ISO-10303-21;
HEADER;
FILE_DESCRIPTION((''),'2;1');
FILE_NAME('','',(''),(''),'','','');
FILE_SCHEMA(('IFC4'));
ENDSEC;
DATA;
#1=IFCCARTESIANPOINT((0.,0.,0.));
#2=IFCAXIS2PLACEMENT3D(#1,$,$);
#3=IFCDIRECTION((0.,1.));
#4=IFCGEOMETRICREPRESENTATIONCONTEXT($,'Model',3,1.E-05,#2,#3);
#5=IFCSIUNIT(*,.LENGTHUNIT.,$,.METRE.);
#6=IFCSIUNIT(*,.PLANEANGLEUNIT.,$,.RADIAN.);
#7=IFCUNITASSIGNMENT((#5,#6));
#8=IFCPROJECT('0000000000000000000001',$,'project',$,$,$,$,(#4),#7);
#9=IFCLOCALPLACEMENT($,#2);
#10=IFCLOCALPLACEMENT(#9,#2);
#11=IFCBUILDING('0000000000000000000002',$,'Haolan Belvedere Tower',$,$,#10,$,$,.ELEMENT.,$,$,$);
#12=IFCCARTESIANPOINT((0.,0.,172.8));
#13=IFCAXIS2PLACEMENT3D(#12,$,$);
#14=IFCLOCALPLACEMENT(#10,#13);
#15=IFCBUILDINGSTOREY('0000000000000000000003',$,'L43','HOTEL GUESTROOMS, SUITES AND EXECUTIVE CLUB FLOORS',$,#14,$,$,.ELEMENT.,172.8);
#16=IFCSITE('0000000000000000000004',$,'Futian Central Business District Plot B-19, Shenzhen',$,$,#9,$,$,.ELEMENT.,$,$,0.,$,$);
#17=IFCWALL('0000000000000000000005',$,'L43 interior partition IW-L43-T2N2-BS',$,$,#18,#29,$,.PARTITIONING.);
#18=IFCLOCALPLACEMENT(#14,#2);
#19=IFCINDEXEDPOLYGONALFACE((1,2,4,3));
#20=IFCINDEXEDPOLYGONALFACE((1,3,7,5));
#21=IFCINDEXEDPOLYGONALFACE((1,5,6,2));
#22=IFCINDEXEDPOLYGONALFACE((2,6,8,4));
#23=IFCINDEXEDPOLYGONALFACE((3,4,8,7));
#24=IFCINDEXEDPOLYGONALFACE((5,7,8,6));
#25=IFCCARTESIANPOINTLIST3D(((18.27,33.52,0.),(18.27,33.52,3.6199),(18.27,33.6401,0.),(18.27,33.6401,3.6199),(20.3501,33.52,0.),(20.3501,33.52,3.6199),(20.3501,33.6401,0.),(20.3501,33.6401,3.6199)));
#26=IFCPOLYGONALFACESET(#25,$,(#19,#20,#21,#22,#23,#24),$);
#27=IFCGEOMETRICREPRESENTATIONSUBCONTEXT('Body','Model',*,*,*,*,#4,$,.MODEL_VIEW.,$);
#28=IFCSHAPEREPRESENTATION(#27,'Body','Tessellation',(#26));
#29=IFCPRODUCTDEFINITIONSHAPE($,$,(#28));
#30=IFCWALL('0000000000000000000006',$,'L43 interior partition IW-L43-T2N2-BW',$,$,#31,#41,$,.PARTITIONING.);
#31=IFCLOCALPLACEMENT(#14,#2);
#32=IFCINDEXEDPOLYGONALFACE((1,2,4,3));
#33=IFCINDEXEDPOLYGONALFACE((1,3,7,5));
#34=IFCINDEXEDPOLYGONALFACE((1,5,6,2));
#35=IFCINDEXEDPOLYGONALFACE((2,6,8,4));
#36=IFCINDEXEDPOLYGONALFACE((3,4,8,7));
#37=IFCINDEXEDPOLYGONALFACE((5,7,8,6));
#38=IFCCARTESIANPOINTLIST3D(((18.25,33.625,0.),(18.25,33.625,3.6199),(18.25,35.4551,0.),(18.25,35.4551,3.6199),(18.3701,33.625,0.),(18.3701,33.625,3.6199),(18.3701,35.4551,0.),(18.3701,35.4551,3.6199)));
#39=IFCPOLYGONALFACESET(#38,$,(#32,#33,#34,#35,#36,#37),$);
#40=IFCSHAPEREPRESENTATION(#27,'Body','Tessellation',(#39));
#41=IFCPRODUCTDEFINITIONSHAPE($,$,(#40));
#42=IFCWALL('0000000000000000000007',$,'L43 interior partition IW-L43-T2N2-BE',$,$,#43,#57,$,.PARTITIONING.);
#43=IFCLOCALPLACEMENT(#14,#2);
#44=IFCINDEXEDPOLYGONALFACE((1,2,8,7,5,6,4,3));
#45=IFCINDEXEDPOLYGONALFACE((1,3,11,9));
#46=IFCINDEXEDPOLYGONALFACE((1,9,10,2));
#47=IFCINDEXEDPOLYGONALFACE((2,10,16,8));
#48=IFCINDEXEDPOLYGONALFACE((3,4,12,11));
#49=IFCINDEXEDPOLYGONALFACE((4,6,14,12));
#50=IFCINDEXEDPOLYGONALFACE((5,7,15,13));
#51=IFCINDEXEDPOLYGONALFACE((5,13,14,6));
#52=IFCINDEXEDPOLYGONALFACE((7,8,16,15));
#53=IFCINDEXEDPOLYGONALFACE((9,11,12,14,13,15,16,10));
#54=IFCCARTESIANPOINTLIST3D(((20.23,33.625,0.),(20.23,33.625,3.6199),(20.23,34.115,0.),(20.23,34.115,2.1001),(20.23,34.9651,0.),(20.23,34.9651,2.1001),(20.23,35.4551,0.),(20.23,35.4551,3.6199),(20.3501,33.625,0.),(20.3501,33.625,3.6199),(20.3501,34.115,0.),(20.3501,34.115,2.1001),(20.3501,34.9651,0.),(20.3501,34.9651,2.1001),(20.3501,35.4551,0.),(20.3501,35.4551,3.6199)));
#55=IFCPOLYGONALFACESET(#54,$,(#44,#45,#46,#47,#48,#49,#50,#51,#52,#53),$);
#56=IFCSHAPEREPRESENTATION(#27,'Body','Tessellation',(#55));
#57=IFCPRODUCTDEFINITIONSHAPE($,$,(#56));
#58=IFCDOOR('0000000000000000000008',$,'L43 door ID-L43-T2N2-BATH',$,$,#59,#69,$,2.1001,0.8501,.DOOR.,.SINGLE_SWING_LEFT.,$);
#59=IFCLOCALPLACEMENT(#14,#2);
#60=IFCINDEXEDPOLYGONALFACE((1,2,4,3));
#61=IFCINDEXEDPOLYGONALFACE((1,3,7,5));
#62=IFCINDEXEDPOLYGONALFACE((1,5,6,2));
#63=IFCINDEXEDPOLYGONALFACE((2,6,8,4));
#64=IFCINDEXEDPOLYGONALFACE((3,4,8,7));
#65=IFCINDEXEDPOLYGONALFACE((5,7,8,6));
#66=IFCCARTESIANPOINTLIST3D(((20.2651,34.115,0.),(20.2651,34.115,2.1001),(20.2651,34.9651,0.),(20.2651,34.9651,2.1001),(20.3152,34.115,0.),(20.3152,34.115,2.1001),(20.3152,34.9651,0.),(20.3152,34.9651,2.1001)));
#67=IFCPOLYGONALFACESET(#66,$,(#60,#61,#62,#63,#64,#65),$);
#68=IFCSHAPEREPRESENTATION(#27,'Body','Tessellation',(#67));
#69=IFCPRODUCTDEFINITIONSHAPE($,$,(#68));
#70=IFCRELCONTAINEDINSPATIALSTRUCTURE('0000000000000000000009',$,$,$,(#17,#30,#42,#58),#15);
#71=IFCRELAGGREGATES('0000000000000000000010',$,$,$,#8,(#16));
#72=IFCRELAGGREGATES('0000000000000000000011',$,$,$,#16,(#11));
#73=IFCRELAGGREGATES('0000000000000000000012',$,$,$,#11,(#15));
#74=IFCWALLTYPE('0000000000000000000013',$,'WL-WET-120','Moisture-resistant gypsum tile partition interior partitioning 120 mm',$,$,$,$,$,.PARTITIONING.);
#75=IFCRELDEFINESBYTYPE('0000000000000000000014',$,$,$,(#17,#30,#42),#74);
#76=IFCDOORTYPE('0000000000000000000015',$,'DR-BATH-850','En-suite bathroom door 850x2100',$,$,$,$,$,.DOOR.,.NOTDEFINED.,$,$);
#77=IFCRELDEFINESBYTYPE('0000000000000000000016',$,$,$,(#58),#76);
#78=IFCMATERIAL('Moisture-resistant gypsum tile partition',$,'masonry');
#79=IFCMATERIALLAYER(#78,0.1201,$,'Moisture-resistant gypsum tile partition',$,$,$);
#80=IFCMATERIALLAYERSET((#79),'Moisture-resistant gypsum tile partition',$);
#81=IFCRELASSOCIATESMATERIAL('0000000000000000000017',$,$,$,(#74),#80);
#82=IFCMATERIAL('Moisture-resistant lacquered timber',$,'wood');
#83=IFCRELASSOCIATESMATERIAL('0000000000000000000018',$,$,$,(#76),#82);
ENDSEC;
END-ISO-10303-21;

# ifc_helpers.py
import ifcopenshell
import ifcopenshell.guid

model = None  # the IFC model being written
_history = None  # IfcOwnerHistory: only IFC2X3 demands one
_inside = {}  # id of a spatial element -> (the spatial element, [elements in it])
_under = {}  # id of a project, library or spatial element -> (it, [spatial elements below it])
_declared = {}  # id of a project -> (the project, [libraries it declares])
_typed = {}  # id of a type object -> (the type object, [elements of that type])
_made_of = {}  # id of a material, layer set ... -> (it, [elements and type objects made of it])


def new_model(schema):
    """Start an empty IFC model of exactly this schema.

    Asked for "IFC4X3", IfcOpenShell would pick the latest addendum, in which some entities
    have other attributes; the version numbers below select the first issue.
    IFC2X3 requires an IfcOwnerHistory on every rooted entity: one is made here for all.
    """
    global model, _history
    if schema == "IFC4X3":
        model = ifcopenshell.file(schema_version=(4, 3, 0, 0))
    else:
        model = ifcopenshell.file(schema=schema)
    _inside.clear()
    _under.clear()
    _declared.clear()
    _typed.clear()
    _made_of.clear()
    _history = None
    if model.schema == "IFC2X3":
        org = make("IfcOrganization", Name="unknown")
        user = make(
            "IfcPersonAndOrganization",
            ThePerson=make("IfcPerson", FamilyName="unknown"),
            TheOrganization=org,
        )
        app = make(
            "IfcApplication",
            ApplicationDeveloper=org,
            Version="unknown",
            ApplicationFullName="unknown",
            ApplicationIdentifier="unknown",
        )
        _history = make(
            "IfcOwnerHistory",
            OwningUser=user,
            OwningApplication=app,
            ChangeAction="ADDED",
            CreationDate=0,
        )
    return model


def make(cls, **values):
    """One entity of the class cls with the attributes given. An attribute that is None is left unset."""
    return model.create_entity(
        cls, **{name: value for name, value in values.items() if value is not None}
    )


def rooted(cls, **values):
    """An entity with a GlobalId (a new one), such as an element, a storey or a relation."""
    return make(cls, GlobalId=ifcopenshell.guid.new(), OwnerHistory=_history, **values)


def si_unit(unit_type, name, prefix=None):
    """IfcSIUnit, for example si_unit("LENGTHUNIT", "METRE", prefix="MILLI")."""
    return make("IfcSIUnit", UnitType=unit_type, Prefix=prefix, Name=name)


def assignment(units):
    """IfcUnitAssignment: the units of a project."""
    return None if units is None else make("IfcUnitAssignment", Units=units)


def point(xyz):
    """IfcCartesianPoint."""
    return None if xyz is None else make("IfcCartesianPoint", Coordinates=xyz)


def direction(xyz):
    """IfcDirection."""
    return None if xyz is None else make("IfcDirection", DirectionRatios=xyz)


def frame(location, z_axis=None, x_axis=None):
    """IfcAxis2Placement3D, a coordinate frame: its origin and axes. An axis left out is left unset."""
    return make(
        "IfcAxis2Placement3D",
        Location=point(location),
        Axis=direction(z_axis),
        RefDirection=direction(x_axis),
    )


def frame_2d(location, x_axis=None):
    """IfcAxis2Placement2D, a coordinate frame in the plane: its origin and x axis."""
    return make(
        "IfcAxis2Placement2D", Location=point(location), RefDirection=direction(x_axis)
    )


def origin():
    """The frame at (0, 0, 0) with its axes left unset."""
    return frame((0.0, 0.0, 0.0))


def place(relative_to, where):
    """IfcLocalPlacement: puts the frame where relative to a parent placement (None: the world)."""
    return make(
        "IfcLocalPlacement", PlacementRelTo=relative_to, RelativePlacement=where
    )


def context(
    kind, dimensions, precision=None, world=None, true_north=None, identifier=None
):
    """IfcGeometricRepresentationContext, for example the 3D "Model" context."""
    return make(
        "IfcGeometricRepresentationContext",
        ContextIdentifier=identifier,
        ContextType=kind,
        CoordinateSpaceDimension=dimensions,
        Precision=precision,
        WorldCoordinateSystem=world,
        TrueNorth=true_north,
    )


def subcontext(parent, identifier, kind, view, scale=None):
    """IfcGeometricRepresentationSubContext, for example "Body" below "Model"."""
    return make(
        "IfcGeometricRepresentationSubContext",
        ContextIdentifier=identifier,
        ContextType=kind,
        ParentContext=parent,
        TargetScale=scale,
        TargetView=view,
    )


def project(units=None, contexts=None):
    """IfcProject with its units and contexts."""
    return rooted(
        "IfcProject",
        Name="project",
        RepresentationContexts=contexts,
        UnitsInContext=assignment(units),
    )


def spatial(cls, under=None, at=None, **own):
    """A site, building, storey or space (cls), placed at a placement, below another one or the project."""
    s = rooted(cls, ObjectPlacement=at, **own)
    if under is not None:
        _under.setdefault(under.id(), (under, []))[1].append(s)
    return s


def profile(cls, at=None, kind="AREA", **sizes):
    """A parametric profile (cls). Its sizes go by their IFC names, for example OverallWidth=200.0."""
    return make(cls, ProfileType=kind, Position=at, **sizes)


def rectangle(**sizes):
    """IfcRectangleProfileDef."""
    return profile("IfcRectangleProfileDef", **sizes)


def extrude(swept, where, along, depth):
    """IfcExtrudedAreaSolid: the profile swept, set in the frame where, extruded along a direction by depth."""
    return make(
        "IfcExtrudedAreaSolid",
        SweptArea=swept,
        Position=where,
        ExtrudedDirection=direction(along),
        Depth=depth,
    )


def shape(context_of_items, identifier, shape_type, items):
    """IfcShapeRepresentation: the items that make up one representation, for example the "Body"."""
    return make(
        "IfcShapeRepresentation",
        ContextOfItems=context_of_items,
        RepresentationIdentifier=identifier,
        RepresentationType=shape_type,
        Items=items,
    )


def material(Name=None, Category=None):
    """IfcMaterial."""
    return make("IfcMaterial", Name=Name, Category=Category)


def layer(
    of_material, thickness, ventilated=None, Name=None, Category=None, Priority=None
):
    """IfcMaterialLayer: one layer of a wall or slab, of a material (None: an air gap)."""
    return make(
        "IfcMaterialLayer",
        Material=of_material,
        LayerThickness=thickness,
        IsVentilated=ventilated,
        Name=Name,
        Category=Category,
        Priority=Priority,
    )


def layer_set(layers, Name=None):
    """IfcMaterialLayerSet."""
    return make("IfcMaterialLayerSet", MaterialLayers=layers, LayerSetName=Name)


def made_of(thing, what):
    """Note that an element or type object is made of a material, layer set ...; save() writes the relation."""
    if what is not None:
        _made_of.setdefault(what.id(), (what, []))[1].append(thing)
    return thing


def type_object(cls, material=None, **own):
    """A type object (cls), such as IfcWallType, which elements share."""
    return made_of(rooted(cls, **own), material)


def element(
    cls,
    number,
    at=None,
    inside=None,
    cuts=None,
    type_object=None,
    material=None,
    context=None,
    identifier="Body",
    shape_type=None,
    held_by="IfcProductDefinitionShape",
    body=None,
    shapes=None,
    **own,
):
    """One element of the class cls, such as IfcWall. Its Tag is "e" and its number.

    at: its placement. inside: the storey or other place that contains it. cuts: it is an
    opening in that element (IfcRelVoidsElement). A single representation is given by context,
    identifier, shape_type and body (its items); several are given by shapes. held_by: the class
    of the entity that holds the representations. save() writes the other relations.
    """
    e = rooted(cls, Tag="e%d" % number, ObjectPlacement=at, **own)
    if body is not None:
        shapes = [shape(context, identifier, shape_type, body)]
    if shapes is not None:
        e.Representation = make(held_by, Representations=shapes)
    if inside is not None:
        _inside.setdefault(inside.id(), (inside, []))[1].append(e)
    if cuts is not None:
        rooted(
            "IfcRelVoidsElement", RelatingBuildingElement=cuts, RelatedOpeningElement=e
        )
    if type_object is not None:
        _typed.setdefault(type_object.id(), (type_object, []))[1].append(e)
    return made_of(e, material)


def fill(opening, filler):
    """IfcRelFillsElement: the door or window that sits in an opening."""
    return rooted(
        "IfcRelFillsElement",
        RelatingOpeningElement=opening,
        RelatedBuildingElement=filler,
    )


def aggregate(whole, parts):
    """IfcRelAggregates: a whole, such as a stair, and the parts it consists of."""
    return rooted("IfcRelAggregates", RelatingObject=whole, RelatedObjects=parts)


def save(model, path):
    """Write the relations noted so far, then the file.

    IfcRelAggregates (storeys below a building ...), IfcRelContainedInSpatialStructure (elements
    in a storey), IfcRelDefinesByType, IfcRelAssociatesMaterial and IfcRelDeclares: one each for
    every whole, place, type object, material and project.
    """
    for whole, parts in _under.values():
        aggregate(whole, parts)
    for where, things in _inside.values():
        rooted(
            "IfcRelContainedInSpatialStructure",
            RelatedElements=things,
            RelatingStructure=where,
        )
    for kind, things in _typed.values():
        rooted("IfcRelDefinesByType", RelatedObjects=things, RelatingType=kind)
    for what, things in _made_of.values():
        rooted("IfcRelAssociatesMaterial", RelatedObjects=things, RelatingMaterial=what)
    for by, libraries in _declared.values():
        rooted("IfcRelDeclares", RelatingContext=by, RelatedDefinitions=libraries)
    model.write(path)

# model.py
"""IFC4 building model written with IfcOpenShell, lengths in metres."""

from ifc_helpers import new_model, si_unit, direction, frame, frame_2d, origin, place, context, subcontext, project, spatial, rectangle, extrude, material, layer, layer_set, type_object, element, fill, save


model = new_model("IFC4")

# Units and contexts
model_context = context("Model", 3, precision=1e-05, world=origin(), true_north=direction((0.0, 1.0)))
body_context = subcontext(model_context, "Body", "Model", "MODEL_VIEW")
ifc_project = project(units=[si_unit("LENGTHUNIT", "METRE"), si_unit("PLANEANGLEUNIT", "RADIAN")], contexts=[model_context])

# Site, building, storey
site_placement = place(None, origin())
site = spatial("IfcSite", under=ifc_project, at=site_placement, Name="Futian Central Business District Plot B-19, Shenzhen", CompositionType="ELEMENT", RefElevation=0.0)
building_placement = place(site_placement, origin())
building = spatial("IfcBuilding", under=site, at=building_placement, Name="Haolan Belvedere Tower", CompositionType="ELEMENT")
storey_placement = place(building_placement, frame((0.0, 0.0, 172.8)))
storey = spatial("IfcBuildingStorey", under=building, at=storey_placement, Name="L43", Description="HOTEL GUESTROOMS, SUITES AND EXECUTIVE CLUB FLOORS", CompositionType="ELEMENT", Elevation=172.8)

# Walls
ifc_material_1 = material(Name="Moisture-resistant gypsum tile partition", Category="masonry")
ifc_layer_1 = layer(ifc_material_1, 0.1201, Name="Moisture-resistant gypsum tile partition")
ifc_layer_set_1 = layer_set([ifc_layer_1], Name="Moisture-resistant gypsum tile partition")
wall_type_1 = type_object("IfcWallType", Name="WL-WET-120", Description="Moisture-resistant gypsum tile partition interior partitioning 120 mm", PredefinedType="PARTITIONING", material=ifc_layer_set_1)
for number, where, z_axis, x_axis, name in (
    (1, (18.27, 33.5801, 0.0), (0.0, 0.0, 1.0), (1.0, 0.0, 0.0), "L43 interior partition IW-L43-T2N2-BS"),
):
    element("IfcWall", number, at=place(storey_placement, frame(where, z_axis=z_axis, x_axis=x_axis)), inside=storey, type_object=wall_type_1, Name=name, PredefinedType="PARTITIONING", context=body_context, shape_type="SweptSolid", body=[
        extrude(rectangle(XDim=2.0801, YDim=0.1201, at=frame_2d((1.04, 0.0))), origin(), (0.0, 0.0, 1.0), 3.6199),
    ])
wall_1_placement = place(storey_placement, frame((18.3101, 33.625, 0.0), z_axis=(0.0, 0.0, 1.0), x_axis=(0.0, 1.0, 0.0)))
element("IfcWall", 2, at=wall_1_placement, inside=storey, type_object=wall_type_1, Name="L43 interior partition IW-L43-T2N2-BW", PredefinedType="PARTITIONING", context=body_context, shape_type="SweptSolid", body=[
    extrude(rectangle(XDim=1.8301, YDim=0.1201, at=frame_2d((0.915, 0.0))), origin(), (0.0, 0.0, 1.0), 3.6199),
])

# Wall, opening, door
wall_2_placement = place(storey_placement, frame((20.29, 33.625, 0.0), z_axis=(0.0, 0.0, 1.0), x_axis=(0.0, 1.0, 0.0)))
wall_2 = element("IfcWall", 3, at=wall_2_placement, inside=storey, type_object=wall_type_1, Name="L43 interior partition IW-L43-T2N2-BE", PredefinedType="PARTITIONING", context=body_context, shape_type="SweptSolid", body=[
    extrude(rectangle(XDim=1.8301, YDim=0.1201, at=frame_2d((0.915, 0.0))), origin(), (0.0, 0.0, 1.0), 3.6199),
])
opening_1_placement = place(wall_2_placement, frame((0.49, 0.0, 0.0)))
opening_1 = element("IfcOpeningElement", 4, at=opening_1_placement, cuts=wall_2, PredefinedType="OPENING", context=body_context, shape_type="SweptSolid", body=[
    extrude(rectangle(XDim=0.8501, YDim=2.1001, at=frame_2d((0.425, 1.05))), frame((0.0, 0.0701, 0.0), z_axis=(0.0, -1.0, 0.0), x_axis=(1.0, 0.0, 0.0)), (0.0, 0.0, 1.0), 0.1401),
])
ifc_material_2 = material(Name="Moisture-resistant lacquered timber", Category="wood")
door_type = type_object("IfcDoorType", Name="DR-BATH-850", Description="En-suite bathroom door 850x2100", OperationType="NOTDEFINED", PredefinedType="DOOR", material=ifc_material_2)
door_placement = place(opening_1_placement, origin())
door = element("IfcDoor", 5, at=door_placement, inside=storey, type_object=door_type, Name="L43 door ID-L43-T2N2-BATH", OperationType="SINGLE_SWING_LEFT", OverallHeight=2.1001, OverallWidth=0.8501, PredefinedType="DOOR", context=body_context, shape_type="SweptSolid", body=[
    extrude(rectangle(XDim=0.8501, YDim=2.1001, at=frame_2d((0.425, 1.05))), frame((0.0, 0.0249, 0.0), z_axis=(0.0, -1.0, 0.0), x_axis=(1.0, 0.0, 0.0)), (0.0, 0.0, 1.0), 0.05),
])
fill(opening_1, door)

save(model, "model.ifc")
